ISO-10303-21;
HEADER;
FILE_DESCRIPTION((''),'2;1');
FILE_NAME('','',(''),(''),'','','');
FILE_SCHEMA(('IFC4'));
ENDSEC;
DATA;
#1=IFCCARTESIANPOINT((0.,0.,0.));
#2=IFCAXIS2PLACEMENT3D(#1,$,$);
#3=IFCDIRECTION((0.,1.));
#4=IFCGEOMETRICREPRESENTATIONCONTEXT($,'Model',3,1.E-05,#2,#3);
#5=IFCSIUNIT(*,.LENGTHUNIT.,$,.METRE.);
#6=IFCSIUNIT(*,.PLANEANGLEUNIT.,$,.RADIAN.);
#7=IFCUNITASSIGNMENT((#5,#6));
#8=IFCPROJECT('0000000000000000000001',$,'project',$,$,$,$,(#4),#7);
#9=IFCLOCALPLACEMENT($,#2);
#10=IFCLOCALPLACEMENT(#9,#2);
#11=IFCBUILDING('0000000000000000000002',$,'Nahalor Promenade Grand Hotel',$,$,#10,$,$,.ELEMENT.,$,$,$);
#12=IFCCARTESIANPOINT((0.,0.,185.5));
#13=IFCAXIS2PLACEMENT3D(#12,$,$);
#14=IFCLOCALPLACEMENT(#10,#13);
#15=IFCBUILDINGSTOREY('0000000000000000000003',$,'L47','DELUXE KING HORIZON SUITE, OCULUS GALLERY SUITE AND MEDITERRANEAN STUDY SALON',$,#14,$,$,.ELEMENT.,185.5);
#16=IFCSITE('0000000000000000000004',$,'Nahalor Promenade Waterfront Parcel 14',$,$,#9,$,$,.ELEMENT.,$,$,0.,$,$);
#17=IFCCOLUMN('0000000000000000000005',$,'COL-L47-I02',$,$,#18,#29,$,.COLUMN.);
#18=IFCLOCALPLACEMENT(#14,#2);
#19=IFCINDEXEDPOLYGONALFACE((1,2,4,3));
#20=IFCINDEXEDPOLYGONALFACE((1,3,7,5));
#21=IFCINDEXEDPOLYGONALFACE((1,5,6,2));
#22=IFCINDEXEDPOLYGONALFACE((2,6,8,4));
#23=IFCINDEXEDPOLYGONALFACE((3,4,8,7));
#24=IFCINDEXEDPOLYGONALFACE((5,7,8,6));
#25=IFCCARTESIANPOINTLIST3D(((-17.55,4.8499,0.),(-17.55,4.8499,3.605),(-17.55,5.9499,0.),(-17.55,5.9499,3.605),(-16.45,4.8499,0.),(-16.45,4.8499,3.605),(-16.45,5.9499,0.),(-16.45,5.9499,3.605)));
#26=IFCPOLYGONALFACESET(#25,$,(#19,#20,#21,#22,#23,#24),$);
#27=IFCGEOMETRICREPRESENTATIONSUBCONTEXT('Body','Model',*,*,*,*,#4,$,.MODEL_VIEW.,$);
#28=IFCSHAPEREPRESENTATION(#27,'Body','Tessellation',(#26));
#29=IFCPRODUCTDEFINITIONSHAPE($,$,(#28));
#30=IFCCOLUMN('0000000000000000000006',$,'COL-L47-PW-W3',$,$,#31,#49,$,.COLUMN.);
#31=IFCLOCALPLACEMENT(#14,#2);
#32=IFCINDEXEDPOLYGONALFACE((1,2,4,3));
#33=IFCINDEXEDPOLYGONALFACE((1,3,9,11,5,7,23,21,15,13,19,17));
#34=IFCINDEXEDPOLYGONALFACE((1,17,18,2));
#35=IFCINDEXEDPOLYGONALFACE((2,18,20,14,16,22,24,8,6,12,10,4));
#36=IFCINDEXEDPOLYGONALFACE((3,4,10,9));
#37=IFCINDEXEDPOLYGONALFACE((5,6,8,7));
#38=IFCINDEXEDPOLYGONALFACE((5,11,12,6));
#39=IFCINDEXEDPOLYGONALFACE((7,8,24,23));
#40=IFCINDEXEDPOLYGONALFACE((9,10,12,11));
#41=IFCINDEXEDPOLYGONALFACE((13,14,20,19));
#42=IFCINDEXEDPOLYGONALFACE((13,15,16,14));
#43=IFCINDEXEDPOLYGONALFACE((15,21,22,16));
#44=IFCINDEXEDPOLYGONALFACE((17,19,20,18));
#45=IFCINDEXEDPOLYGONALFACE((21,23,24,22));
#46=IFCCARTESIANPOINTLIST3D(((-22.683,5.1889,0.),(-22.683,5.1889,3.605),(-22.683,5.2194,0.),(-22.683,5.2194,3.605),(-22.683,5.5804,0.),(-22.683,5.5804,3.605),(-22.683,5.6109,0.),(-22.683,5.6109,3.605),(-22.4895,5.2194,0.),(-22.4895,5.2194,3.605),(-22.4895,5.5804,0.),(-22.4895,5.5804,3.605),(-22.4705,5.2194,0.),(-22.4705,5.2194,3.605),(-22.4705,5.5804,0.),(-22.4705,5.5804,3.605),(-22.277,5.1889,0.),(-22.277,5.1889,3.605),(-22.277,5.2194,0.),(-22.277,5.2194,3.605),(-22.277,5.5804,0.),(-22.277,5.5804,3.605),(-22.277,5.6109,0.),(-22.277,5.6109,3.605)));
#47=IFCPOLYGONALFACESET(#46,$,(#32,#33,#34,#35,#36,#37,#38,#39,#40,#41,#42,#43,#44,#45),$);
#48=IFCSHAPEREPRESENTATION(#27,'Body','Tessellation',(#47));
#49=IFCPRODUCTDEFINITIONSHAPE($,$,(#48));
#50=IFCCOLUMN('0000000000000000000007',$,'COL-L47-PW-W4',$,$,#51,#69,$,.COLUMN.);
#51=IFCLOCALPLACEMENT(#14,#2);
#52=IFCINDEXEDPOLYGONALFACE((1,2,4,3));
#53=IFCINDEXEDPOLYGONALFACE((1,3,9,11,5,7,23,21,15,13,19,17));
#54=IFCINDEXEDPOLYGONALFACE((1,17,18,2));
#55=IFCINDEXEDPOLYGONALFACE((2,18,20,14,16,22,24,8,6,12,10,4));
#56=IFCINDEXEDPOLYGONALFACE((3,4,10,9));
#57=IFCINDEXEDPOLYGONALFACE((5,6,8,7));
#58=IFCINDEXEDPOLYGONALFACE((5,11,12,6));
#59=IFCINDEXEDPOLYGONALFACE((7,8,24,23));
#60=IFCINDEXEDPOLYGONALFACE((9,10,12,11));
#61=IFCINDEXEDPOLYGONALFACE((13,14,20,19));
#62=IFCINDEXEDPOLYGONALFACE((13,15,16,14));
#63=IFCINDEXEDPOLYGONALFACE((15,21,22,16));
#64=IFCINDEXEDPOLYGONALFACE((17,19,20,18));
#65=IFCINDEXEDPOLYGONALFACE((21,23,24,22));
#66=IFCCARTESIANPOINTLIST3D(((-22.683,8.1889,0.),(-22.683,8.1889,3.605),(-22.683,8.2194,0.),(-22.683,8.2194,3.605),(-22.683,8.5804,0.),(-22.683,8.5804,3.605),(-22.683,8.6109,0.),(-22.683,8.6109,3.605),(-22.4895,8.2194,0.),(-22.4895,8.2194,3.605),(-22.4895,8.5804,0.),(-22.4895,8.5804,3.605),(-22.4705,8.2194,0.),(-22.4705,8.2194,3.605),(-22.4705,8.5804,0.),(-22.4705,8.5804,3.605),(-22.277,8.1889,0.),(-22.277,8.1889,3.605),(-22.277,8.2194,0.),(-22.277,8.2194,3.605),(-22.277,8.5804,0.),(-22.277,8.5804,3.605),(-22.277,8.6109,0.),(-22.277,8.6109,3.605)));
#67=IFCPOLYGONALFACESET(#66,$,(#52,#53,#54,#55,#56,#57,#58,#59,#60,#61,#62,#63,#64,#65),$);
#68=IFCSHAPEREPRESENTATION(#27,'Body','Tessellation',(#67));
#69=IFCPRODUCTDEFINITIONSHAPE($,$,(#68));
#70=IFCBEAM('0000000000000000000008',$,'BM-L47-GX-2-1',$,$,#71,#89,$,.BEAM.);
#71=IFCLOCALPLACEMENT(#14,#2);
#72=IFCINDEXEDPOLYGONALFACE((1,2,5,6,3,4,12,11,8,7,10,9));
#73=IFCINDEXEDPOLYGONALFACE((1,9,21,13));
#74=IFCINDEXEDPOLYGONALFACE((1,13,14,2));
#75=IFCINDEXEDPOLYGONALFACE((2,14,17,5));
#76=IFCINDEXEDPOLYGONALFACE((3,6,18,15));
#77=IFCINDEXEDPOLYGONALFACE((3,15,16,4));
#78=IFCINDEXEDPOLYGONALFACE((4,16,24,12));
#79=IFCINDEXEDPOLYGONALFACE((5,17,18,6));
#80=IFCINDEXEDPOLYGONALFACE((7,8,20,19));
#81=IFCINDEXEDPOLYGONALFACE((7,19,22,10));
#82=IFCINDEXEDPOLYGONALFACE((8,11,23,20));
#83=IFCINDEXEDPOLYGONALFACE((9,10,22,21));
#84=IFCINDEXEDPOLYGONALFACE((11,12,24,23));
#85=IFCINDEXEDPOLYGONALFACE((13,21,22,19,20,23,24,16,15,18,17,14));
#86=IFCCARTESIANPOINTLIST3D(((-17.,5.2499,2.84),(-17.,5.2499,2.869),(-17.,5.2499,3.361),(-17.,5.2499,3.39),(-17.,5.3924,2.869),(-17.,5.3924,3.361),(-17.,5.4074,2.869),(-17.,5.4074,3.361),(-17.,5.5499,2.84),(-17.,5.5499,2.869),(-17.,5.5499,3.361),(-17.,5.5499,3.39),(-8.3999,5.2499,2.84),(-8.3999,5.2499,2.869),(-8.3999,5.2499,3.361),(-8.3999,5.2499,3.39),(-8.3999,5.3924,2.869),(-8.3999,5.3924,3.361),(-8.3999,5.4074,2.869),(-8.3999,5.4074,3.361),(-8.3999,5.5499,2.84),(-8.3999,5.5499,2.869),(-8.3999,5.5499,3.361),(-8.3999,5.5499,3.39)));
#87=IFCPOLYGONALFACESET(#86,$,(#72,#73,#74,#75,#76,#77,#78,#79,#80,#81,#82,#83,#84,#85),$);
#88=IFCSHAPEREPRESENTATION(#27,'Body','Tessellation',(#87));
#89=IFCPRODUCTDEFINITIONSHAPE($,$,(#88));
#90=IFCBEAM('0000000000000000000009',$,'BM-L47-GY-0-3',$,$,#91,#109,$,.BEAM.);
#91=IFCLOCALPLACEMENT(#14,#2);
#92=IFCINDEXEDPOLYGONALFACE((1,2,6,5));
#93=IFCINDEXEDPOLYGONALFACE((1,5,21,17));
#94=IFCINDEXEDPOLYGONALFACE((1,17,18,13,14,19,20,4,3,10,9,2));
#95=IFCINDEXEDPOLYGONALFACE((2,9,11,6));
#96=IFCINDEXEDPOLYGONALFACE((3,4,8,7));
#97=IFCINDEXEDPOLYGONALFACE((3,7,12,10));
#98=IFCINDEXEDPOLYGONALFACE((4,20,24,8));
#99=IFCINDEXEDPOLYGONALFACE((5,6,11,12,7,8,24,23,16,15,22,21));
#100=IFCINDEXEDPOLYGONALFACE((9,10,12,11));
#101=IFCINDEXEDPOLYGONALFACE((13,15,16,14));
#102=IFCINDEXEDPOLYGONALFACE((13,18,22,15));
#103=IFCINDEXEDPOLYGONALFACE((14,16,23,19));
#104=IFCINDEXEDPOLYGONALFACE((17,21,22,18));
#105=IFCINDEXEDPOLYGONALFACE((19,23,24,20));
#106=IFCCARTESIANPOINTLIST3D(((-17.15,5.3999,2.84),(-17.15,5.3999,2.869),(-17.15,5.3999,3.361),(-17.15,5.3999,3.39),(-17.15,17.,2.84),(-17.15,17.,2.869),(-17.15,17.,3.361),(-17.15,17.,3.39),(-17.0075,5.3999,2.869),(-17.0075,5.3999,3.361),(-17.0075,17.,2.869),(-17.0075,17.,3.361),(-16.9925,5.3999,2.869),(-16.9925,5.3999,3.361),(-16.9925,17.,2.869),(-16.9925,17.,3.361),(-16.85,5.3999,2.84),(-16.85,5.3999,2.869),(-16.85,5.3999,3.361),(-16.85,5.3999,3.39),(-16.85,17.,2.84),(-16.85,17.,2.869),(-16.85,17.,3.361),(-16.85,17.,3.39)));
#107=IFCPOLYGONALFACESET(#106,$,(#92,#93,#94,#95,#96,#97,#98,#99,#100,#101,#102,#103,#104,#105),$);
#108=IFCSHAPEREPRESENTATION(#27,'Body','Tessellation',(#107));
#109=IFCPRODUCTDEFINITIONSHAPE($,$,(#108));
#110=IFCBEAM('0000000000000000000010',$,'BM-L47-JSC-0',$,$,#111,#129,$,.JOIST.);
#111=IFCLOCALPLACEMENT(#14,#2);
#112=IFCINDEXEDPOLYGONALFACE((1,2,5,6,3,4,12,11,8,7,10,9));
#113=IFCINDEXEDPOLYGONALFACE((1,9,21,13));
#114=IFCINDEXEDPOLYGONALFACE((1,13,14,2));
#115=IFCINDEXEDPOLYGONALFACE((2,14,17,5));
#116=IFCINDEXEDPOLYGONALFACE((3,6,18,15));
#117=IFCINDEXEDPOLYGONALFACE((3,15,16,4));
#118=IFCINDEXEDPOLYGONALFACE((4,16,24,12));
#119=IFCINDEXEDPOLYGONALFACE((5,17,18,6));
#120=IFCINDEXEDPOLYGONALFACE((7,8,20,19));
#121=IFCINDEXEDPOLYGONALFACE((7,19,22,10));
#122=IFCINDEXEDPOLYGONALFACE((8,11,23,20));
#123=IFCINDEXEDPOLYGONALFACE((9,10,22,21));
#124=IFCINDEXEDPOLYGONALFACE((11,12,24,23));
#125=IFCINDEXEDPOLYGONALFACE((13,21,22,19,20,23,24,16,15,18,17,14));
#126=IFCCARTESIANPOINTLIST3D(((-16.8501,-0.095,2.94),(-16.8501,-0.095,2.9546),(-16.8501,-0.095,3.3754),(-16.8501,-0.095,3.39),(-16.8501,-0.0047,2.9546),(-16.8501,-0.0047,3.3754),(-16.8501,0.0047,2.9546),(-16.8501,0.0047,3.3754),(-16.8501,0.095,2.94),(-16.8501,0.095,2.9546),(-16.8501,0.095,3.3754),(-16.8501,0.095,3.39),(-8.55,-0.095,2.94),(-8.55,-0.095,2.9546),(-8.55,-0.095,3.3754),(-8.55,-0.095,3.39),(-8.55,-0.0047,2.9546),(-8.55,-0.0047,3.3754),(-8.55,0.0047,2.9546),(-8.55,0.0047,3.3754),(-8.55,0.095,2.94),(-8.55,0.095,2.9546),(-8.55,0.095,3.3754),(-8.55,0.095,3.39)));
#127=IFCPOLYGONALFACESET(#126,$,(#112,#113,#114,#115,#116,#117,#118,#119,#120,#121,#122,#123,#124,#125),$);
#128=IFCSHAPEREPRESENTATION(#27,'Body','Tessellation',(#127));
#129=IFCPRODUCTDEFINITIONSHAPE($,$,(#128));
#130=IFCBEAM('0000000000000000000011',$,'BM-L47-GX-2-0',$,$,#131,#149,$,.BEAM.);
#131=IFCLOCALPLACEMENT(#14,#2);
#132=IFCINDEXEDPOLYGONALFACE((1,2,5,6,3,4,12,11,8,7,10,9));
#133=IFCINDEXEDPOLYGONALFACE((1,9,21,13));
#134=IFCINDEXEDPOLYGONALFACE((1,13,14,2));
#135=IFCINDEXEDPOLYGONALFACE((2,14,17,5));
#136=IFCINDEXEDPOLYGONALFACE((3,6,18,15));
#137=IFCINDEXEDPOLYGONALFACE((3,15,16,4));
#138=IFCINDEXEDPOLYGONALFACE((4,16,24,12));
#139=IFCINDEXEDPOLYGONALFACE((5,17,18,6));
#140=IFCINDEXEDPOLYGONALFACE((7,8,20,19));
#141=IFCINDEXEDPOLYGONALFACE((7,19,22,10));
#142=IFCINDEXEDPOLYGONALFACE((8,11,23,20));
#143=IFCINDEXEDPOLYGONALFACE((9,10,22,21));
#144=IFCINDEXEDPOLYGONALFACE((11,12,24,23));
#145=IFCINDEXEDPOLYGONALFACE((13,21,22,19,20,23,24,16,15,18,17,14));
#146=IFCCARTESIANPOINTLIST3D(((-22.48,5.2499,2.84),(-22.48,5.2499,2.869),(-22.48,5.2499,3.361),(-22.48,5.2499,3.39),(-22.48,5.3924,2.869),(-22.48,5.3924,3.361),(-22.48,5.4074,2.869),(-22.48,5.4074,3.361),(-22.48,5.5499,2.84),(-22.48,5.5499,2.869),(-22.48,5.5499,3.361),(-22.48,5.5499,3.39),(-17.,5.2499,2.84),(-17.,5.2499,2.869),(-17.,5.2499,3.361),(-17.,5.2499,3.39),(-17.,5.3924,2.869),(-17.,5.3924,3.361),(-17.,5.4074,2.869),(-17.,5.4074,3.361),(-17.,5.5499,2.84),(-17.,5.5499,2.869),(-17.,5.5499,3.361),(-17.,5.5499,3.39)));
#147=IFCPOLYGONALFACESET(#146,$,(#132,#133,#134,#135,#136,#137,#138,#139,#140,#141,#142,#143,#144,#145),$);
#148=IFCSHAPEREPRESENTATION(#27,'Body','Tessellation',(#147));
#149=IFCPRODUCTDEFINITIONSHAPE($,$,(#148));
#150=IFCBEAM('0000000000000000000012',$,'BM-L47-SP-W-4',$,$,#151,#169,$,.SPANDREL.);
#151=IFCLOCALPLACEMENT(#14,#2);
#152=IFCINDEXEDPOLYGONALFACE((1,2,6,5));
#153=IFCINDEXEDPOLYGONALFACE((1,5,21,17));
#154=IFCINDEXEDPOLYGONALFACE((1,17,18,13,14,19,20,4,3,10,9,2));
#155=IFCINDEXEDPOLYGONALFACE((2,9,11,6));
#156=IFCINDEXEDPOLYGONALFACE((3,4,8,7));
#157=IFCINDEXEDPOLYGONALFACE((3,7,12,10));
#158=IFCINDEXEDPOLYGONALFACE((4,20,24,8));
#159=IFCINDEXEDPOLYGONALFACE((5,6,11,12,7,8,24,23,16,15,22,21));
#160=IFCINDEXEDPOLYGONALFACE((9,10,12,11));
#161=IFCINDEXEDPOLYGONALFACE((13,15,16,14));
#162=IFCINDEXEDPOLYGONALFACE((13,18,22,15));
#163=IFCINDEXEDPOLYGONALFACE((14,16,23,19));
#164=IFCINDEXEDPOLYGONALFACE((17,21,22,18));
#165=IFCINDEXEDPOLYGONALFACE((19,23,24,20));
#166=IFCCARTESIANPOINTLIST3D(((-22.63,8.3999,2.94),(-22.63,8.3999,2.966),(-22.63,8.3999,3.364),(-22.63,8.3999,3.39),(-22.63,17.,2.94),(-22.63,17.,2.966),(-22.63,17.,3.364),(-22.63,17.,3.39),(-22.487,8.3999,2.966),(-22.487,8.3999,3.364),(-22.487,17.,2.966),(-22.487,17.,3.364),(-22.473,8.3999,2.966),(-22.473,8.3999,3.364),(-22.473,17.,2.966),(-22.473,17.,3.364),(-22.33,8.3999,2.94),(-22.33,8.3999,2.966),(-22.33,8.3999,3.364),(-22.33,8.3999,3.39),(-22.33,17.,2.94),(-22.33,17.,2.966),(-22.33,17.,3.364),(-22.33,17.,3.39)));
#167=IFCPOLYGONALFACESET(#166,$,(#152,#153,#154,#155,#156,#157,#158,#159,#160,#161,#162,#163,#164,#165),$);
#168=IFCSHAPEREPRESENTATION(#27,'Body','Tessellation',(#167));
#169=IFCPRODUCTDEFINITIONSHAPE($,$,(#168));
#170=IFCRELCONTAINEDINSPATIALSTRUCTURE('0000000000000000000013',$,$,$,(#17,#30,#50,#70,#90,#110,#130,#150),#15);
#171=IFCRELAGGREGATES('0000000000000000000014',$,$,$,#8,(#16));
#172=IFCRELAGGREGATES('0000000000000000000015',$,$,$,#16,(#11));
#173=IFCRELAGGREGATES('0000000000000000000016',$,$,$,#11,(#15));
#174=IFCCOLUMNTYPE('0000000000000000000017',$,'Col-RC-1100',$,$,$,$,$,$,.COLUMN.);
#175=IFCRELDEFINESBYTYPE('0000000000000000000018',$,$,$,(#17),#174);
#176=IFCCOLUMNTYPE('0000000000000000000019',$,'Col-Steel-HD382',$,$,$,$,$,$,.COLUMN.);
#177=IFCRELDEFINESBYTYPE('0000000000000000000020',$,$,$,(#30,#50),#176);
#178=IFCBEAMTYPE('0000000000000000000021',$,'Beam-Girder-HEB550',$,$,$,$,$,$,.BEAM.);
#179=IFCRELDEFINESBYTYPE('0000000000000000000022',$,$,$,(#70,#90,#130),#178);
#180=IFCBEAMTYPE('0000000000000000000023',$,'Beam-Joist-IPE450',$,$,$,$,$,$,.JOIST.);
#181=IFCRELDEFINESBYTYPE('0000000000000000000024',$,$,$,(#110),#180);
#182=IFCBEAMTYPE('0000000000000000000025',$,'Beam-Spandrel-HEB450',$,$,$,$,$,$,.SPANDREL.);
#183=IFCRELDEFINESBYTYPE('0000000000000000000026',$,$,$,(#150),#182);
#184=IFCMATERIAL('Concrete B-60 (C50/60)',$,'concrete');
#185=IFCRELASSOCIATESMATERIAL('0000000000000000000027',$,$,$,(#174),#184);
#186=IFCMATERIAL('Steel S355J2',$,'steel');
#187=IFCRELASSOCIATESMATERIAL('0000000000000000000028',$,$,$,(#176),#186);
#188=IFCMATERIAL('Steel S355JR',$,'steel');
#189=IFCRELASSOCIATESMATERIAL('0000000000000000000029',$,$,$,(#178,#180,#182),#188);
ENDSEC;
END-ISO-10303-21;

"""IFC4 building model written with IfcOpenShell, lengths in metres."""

from ifc_helpers import new_model, si_unit, direction, frame, origin, origin_2d, place, context, subcontext, project, spatial, rectangle, i_section, extrude, source, transform, mapped, material, material_profile, profile_set, type_object, element, save


model = new_model("IFC4")

# Units and contexts
model_context = context("Model", 3, precision=1e-05, world=origin(), true_north=direction((0.0, 1.0)))
body_context = subcontext(model_context, "Body", "Model", "MODEL_VIEW")
ifc_project = project(units=[si_unit("LENGTHUNIT", "METRE"), si_unit("PLANEANGLEUNIT", "RADIAN")], contexts=[model_context])

# Site, building, storey
site_placement = place(None, origin())
site = spatial("IfcSite", under=ifc_project, at=site_placement, Name="Nahalor Promenade Waterfront Parcel 14", CompositionType="ELEMENT", RefElevation=0.0)
building_placement = place(site_placement, origin())
building = spatial("IfcBuilding", under=site, at=building_placement, Name="Nahalor Promenade Grand Hotel", CompositionType="ELEMENT")
storey_placement = place(building_placement, frame((0.0, 0.0, 185.5)))
storey = spatial("IfcBuildingStorey", under=building, at=storey_placement, Name="L47", Description="DELUXE KING HORIZON SUITE, OCULUS GALLERY SUITE AND MEDITERRANEAN STUDY SALON", CompositionType="ELEMENT", Elevation=185.5)

# Columns
ifc_material_1 = material(Name="Concrete B-60 (C50/60)", Category="concrete")
ifc_material_profile_1 = material_profile(ifc_material_1, rectangle(XDim=1.1, YDim=1.1, at=origin_2d()), Name="RC 1100x1100")
ifc_profile_set_1 = profile_set([ifc_material_profile_1], Name="Concrete B-60 (C50/60)")
column_type_1 = type_object("IfcColumnType", Name="Col-RC-1100", PredefinedType="COLUMN", material=ifc_profile_set_1)
shared_shape_1 = source(origin(), body_context, "Body", "SweptSolid", [
    extrude(rectangle(XDim=1.1, YDim=1.1, at=origin_2d()), origin(), (0.0, 0.0, 1.0), 3.605),
])
column_placement = place(storey_placement, frame((-17.0, 5.3999, 0.0), z_axis=(0.0, 0.0, 1.0), x_axis=(1.0, 0.0, 0.0)))
element("IfcColumn", 1, at=column_placement, inside=storey, type_object=column_type_1, Name="COL-L47-I02", PredefinedType="COLUMN", context=body_context, shape_type="MappedRepresentation", body=[
    mapped(shared_shape_1, transform((0.0, 0.0, 0.0), scale=1.0)),
])
ifc_material_2 = material(Name="Steel S355J2", Category="steel")
ifc_material_profile_2 = material_profile(ifc_material_2, i_section(OverallWidth=0.406, OverallDepth=0.422, WebThickness=0.019, FlangeThickness=0.0305, at=origin_2d()), Name="HD 400x382")
ifc_profile_set_2 = profile_set([ifc_material_profile_2], Name="Steel S355J2")
column_type_2 = type_object("IfcColumnType", Name="Col-Steel-HD382", PredefinedType="COLUMN", material=ifc_profile_set_2)
shared_shape_2 = source(origin(), body_context, "Body", "SweptSolid", [
    extrude(i_section(OverallWidth=0.406, OverallDepth=0.422, WebThickness=0.019, FlangeThickness=0.0305, at=origin_2d()), origin(), (0.0, 0.0, 1.0), 3.605),
])
for number, where, z_axis, x_axis, name in (
    (2, (-22.48, 5.3999, 0.0), (0.0, 0.0, 1.0), (1.0, 0.0, 0.0), "COL-L47-PW-W3"),
    (3, (-22.48, 8.3999, 0.0), (0.0, 0.0, 1.0), (1.0, 0.0, 0.0), "COL-L47-PW-W4"),
):
    element("IfcColumn", number, at=place(storey_placement, frame(where, z_axis=z_axis, x_axis=x_axis)), inside=storey, type_object=column_type_2, Name=name, PredefinedType="COLUMN", context=body_context, shape_type="MappedRepresentation", body=[
        mapped(shared_shape_2, transform((0.0, 0.0, 0.0), scale=1.0)),
    ])

# Beams
ifc_material_3 = material(Name="Steel S355JR", Category="steel")
ifc_material_profile_3 = material_profile(ifc_material_3, i_section(OverallWidth=0.3, OverallDepth=0.55, WebThickness=0.015, FlangeThickness=0.029, at=origin_2d()), Name="HEB 550")
ifc_profile_set_3 = profile_set([ifc_material_profile_3], Name="Steel S355JR")
beam_type_1 = type_object("IfcBeamType", Name="Beam-Girder-HEB550", PredefinedType="BEAM", material=ifc_profile_set_3)
shared_shape_3 = source(origin(), body_context, "Body", "SweptSolid", [
    extrude(i_section(OverallWidth=0.3, OverallDepth=0.55, WebThickness=0.015, FlangeThickness=0.029, at=origin_2d()), origin(), (0.0, 0.0, 1.0), 8.6001),
])
beam_1_placement = place(storey_placement, frame((-17.0, 5.3999, 3.115), z_axis=(1.0, 0.0, 0.0), x_axis=(0.0, 1.0, 0.0)))
element("IfcBeam", 4, at=beam_1_placement, inside=storey, type_object=beam_type_1, Name="BM-L47-GX-2-1", PredefinedType="BEAM", context=body_context, shape_type="MappedRepresentation", body=[
    mapped(shared_shape_3, transform((0.0, 0.0, 0.0), scale=1.0)),
])
shared_shape_4 = source(origin(), body_context, "Body", "SweptSolid", [
    extrude(i_section(OverallWidth=0.3, OverallDepth=0.55, WebThickness=0.015, FlangeThickness=0.029, at=origin_2d()), origin(), (0.0, 0.0, 1.0), 11.6001),
])
beam_2_placement = place(storey_placement, frame((-17.0, 5.3999, 3.115), z_axis=(0.0, 1.0, 0.0), x_axis=(-1.0, 0.0, 0.0)))
element("IfcBeam", 5, at=beam_2_placement, inside=storey, type_object=beam_type_1, Name="BM-L47-GY-0-3", PredefinedType="BEAM", context=body_context, shape_type="MappedRepresentation", body=[
    mapped(shared_shape_4, transform((0.0, 0.0, 0.0), scale=1.0)),
])
ifc_material_profile_4 = material_profile(ifc_material_3, i_section(OverallWidth=0.19, OverallDepth=0.45, WebThickness=0.0094, FlangeThickness=0.0146, at=origin_2d()), Name="IPE 450")
ifc_profile_set_4 = profile_set([ifc_material_profile_4], Name="Steel S355JR")
beam_type_2 = type_object("IfcBeamType", Name="Beam-Joist-IPE450", PredefinedType="JOIST", material=ifc_profile_set_4)
shared_shape_5 = source(origin(), body_context, "Body", "SweptSolid", [
    extrude(i_section(OverallWidth=0.19, OverallDepth=0.45, WebThickness=0.0094, FlangeThickness=0.0146, at=origin_2d()), origin(), (0.0, 0.0, 1.0), 8.3),
])
beam_3_placement = place(storey_placement, frame((-16.8501, 0.0, 3.165), z_axis=(1.0, 0.0, 0.0), x_axis=(0.0, 1.0, 0.0)))
element("IfcBeam", 6, at=beam_3_placement, inside=storey, type_object=beam_type_2, Name="BM-L47-JSC-0", PredefinedType="JOIST", context=body_context, shape_type="MappedRepresentation", body=[
    mapped(shared_shape_5, transform((0.0, 0.0, 0.0), scale=1.0)),
])
shared_shape_6 = source(origin(), body_context, "Body", "SweptSolid", [
    extrude(i_section(OverallWidth=0.3, OverallDepth=0.55, WebThickness=0.015, FlangeThickness=0.029, at=origin_2d()), origin(), (0.0, 0.0, 1.0), 5.48),
])
beam_4_placement = place(storey_placement, frame((-22.48, 5.3999, 3.115), z_axis=(1.0, 0.0, 0.0), x_axis=(0.0, 1.0, 0.0)))
element("IfcBeam", 7, at=beam_4_placement, inside=storey, type_object=beam_type_1, Name="BM-L47-GX-2-0", PredefinedType="BEAM", context=body_context, shape_type="MappedRepresentation", body=[
    mapped(shared_shape_6, transform((0.0, 0.0, 0.0), scale=1.0)),
])
ifc_material_profile_5 = material_profile(ifc_material_3, i_section(OverallWidth=0.3, OverallDepth=0.45, WebThickness=0.014, FlangeThickness=0.026, at=origin_2d()), Name="HEB 450")
ifc_profile_set_5 = profile_set([ifc_material_profile_5], Name="Steel S355JR")
beam_type_3 = type_object("IfcBeamType", Name="Beam-Spandrel-HEB450", PredefinedType="SPANDREL", material=ifc_profile_set_5)
shared_shape_7 = source(origin(), body_context, "Body", "SweptSolid", [
    extrude(i_section(OverallWidth=0.3, OverallDepth=0.45, WebThickness=0.014, FlangeThickness=0.026, at=origin_2d()), origin(), (0.0, 0.0, 1.0), 8.6001),
])
beam_5_placement = place(storey_placement, frame((-22.48, 8.3999, 3.165), z_axis=(0.0, 1.0, 0.0), x_axis=(-1.0, 0.0, 0.0)))
element("IfcBeam", 8, at=beam_5_placement, inside=storey, type_object=beam_type_3, Name="BM-L47-SP-W-4", PredefinedType="SPANDREL", context=body_context, shape_type="MappedRepresentation", body=[
    mapped(shared_shape_7, transform((0.0, 0.0, 0.0), scale=1.0)),
])

save(model, "model.ifc")
